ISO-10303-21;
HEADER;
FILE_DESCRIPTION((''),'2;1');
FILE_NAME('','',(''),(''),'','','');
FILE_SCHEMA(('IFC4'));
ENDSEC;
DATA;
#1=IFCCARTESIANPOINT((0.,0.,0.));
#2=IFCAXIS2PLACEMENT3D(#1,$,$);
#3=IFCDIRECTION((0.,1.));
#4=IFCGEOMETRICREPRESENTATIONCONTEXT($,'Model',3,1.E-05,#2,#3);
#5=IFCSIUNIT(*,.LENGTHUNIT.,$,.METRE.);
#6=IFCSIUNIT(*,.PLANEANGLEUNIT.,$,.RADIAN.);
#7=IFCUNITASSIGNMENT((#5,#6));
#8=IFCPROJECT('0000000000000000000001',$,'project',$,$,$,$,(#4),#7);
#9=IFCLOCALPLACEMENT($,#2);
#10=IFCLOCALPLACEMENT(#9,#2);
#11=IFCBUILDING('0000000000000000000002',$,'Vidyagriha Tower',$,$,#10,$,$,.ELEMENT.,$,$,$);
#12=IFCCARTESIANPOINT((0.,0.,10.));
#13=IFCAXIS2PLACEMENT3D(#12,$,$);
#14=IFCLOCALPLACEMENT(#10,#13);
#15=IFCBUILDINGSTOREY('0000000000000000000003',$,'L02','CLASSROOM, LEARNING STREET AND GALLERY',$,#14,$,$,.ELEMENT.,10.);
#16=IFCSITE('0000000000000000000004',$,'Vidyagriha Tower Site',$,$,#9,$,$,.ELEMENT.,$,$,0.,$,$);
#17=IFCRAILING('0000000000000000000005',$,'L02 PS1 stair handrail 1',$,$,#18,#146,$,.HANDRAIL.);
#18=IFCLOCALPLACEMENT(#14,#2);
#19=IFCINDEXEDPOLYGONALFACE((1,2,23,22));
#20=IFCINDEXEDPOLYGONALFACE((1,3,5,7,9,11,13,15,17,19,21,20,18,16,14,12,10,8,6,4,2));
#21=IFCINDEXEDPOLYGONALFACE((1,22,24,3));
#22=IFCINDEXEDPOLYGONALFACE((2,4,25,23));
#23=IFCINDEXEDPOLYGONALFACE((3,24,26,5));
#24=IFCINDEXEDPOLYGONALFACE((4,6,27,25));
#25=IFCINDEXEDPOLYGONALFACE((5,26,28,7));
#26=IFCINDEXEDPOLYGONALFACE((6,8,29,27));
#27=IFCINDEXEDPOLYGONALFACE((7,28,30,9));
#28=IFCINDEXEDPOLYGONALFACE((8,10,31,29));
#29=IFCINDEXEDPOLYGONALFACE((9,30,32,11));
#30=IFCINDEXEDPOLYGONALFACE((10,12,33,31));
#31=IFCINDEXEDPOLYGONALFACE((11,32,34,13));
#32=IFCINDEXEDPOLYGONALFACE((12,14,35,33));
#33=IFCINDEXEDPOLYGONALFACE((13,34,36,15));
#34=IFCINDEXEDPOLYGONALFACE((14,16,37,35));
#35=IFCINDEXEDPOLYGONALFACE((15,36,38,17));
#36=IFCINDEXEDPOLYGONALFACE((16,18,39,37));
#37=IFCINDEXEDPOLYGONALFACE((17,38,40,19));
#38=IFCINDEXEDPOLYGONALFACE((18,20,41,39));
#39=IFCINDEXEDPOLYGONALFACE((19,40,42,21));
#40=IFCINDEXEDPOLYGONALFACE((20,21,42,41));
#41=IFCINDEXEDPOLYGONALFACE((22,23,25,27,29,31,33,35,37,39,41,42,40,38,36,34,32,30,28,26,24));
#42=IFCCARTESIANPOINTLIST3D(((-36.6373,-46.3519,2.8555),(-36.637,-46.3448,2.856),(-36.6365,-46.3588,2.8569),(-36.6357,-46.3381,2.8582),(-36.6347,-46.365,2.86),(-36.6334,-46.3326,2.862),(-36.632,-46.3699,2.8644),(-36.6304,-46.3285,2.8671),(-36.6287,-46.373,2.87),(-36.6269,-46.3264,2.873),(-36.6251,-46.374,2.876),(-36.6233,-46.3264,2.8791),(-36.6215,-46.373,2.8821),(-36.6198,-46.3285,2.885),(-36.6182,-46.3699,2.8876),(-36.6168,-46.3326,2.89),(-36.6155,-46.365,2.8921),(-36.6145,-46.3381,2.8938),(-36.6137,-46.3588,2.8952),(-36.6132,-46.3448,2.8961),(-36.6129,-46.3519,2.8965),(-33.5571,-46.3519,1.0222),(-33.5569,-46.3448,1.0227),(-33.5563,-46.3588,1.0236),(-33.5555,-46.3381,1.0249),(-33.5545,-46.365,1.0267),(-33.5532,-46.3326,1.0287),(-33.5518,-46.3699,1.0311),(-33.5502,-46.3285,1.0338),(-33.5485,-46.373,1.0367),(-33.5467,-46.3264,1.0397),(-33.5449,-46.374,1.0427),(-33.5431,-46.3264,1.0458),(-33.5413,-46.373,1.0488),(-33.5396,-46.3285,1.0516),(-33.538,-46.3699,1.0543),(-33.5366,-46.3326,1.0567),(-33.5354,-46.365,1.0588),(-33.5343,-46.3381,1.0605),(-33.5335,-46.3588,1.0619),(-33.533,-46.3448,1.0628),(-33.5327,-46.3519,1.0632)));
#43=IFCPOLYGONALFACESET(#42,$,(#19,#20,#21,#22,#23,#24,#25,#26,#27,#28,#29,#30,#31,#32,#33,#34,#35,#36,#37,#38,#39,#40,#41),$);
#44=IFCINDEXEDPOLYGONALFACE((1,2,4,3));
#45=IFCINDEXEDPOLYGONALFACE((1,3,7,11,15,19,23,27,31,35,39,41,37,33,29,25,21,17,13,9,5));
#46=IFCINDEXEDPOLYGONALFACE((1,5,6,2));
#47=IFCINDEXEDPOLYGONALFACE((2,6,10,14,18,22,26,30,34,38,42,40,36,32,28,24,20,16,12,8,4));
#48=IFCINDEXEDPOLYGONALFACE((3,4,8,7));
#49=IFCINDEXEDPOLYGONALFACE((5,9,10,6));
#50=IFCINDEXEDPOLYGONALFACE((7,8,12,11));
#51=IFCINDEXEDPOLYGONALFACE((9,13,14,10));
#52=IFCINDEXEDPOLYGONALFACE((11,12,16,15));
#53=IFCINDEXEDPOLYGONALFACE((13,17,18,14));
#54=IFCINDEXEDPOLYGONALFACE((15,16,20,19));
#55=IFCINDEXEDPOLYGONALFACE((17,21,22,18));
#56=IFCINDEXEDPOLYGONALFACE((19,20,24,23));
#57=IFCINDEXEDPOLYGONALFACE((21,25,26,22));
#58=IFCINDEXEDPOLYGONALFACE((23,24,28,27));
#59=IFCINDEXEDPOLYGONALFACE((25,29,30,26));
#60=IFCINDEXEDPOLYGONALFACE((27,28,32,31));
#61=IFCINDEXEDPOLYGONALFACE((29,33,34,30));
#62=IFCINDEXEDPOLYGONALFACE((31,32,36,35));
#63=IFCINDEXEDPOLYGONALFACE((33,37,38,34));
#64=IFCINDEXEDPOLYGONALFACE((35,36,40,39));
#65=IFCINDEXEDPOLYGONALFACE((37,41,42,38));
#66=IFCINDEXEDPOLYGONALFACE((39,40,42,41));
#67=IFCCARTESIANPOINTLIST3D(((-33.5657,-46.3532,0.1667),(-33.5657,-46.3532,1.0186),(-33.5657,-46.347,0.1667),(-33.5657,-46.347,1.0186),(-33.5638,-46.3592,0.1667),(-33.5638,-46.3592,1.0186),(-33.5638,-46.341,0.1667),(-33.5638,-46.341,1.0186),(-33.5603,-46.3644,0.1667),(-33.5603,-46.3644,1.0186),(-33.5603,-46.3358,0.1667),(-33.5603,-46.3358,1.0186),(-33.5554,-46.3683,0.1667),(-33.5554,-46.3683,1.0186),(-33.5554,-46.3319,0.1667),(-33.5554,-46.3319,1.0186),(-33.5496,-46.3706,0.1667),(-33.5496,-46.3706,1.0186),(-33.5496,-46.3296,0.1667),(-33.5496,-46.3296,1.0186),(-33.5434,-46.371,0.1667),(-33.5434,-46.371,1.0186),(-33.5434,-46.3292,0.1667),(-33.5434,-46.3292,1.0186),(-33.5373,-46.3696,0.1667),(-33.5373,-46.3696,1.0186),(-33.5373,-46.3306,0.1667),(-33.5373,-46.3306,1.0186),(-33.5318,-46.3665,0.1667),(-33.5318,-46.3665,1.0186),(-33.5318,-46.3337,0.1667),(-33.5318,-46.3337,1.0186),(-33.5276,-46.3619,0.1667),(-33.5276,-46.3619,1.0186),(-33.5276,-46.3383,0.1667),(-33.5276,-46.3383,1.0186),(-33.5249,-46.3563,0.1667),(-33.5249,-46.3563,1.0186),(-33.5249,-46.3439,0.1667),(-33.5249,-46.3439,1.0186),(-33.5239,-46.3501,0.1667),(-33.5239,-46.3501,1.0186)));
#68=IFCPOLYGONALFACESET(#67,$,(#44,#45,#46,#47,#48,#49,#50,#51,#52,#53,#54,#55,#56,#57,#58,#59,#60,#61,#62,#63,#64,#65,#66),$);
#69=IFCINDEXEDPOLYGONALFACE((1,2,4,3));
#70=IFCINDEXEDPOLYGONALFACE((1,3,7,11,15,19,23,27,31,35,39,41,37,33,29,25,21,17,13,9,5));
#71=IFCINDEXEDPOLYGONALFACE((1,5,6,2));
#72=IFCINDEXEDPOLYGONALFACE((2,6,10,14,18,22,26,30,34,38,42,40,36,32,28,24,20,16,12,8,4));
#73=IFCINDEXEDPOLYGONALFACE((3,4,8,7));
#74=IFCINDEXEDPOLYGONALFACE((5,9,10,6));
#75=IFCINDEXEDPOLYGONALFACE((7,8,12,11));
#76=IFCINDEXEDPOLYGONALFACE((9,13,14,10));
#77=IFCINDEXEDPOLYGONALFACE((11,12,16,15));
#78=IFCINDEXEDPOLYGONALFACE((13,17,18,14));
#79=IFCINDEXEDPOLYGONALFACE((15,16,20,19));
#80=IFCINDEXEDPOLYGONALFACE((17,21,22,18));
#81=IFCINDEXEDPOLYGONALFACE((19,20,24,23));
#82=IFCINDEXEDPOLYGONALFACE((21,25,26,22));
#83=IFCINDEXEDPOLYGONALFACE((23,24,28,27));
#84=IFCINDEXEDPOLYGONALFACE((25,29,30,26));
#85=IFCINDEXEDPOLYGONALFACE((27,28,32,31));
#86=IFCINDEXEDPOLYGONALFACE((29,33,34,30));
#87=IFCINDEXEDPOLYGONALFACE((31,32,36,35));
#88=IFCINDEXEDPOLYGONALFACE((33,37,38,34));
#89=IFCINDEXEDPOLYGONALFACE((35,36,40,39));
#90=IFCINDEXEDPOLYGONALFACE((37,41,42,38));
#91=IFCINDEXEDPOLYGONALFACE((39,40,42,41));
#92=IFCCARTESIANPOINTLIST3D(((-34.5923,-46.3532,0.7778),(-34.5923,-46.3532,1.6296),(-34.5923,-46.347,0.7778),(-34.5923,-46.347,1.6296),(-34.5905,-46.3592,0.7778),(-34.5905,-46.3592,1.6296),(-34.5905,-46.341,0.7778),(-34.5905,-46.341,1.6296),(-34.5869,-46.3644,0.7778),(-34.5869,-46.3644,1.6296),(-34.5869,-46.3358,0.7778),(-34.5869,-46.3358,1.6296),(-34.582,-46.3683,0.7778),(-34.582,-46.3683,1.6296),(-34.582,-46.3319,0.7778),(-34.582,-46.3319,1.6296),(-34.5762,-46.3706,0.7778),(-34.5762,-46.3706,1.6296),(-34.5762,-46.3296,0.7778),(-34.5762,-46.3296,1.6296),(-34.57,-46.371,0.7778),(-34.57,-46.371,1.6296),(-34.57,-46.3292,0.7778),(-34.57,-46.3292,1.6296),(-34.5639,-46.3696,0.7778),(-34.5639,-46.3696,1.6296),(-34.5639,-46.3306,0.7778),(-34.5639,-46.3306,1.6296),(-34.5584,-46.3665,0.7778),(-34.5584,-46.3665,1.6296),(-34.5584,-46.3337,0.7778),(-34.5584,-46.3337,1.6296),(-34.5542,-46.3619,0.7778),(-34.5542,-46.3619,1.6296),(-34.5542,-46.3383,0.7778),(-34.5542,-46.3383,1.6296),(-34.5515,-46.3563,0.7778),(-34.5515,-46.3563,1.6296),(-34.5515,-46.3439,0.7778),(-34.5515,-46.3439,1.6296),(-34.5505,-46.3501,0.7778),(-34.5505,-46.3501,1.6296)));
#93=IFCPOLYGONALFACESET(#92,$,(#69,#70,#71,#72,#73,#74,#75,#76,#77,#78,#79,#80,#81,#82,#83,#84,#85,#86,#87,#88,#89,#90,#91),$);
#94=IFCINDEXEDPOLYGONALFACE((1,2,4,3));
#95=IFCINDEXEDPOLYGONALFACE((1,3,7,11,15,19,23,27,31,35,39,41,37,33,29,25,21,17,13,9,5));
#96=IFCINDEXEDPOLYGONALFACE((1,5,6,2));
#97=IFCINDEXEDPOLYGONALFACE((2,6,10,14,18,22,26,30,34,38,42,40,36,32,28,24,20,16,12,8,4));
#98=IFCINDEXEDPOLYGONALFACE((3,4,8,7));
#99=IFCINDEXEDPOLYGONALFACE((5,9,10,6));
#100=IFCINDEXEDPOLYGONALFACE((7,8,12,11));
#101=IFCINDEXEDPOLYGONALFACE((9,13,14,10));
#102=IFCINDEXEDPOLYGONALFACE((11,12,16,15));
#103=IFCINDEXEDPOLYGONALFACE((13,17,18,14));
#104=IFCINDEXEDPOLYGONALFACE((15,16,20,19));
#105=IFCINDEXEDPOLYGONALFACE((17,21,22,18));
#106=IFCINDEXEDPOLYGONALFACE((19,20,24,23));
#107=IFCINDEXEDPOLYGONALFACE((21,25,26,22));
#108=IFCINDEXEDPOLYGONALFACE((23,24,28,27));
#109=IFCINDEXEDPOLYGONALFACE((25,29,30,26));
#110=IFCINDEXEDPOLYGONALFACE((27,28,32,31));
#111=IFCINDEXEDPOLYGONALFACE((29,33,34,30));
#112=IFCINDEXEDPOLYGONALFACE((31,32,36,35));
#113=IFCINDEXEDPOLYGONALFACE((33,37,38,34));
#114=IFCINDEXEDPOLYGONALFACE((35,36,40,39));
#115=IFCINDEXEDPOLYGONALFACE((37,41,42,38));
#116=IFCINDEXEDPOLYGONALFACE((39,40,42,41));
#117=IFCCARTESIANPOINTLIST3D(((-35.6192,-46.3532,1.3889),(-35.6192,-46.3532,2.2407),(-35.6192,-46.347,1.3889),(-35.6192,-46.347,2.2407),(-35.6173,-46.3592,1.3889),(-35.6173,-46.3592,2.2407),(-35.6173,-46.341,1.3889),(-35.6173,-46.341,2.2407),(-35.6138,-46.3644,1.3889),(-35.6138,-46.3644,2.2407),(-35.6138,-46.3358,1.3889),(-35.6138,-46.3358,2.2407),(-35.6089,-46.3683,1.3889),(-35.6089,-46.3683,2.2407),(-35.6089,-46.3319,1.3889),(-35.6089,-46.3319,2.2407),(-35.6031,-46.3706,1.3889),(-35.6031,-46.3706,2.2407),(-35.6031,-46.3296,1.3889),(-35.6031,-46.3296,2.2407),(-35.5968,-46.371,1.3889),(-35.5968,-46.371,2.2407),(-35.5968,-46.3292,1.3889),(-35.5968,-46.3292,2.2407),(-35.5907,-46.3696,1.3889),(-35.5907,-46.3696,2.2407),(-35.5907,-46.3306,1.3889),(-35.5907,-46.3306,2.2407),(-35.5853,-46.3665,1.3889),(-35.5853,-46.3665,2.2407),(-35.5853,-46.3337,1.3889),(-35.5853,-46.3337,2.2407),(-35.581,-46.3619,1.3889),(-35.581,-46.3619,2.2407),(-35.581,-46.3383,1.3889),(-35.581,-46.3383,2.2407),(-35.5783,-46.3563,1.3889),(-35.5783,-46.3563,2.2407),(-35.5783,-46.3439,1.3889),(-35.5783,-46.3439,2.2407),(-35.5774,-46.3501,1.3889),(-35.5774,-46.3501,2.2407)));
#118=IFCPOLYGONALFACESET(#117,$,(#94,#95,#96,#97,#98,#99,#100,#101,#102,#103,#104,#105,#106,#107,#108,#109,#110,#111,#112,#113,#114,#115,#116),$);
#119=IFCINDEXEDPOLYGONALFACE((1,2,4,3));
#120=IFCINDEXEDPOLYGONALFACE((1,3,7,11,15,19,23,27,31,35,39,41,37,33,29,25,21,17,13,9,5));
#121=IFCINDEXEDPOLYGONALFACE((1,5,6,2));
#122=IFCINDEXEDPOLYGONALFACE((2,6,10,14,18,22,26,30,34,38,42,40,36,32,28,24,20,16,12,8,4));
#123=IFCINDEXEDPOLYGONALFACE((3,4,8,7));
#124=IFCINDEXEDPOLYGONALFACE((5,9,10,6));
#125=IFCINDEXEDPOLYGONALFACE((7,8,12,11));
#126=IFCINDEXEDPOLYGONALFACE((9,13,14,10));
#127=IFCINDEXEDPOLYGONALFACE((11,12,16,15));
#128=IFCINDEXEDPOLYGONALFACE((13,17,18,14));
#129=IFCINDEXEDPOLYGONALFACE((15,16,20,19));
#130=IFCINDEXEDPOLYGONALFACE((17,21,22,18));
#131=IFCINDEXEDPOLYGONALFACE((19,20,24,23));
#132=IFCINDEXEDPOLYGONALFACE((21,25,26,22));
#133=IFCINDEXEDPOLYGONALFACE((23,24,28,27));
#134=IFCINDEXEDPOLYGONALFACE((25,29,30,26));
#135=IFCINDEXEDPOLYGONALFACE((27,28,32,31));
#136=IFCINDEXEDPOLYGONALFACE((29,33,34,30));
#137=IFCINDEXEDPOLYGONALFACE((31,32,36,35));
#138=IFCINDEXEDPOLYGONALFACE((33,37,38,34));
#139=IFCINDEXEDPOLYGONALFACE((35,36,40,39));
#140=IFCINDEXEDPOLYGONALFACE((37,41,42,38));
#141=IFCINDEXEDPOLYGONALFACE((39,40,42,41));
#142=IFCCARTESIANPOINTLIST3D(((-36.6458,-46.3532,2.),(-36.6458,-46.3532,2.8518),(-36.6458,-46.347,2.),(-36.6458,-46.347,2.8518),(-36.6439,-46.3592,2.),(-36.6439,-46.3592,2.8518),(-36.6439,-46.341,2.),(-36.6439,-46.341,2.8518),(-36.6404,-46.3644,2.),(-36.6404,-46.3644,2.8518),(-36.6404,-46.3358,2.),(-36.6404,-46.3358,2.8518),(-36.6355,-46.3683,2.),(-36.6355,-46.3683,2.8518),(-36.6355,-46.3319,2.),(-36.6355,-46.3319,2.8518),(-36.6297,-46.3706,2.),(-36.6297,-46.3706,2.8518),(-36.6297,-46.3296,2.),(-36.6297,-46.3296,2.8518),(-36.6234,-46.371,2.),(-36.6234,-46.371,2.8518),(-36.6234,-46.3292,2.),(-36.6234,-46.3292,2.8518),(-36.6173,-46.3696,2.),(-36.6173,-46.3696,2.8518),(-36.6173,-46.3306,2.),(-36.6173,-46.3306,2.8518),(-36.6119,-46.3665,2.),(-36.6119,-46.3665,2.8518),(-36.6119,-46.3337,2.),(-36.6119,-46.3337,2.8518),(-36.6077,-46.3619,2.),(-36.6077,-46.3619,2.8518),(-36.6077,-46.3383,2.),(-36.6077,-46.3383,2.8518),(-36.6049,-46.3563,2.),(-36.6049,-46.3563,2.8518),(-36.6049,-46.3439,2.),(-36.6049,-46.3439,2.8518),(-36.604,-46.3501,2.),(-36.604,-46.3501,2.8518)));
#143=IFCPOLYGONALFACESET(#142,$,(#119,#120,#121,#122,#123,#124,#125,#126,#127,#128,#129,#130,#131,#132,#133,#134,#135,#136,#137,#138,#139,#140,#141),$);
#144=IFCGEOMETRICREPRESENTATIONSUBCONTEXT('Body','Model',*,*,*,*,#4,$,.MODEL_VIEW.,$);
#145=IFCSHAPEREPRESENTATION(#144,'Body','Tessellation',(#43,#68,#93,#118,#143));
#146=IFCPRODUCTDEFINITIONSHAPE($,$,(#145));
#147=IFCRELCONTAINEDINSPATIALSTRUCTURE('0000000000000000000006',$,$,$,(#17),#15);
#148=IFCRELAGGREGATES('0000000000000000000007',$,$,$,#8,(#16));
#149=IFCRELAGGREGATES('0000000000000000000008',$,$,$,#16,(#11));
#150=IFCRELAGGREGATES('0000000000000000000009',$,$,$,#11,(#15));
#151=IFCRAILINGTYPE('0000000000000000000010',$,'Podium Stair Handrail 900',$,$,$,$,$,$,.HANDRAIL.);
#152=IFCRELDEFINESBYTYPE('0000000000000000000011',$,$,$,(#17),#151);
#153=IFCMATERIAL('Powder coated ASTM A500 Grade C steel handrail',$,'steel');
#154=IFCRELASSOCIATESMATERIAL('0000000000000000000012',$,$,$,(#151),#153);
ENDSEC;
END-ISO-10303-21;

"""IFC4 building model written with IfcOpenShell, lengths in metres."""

from ifc_helpers import new_model, si_unit, direction, frame, origin, origin_2d, place, context, subcontext, project, spatial, circle, extrude, material, type_object, element, save


model = new_model("IFC4")

# Units and contexts
model_context = context("Model", 3, precision=1e-05, world=origin(), true_north=direction((0.0, 1.0)))
body_context = subcontext(model_context, "Body", "Model", "MODEL_VIEW")
ifc_project = project(units=[si_unit("LENGTHUNIT", "METRE"), si_unit("PLANEANGLEUNIT", "RADIAN")], contexts=[model_context])

# Site, building, storey
site_placement = place(None, origin())
site = spatial("IfcSite", under=ifc_project, at=site_placement, Name="Vidyagriha Tower Site", CompositionType="ELEMENT", RefElevation=0.0)
building_placement = place(site_placement, origin())
building = spatial("IfcBuilding", under=site, at=building_placement, Name="Vidyagriha Tower", CompositionType="ELEMENT")
storey_placement = place(building_placement, frame((0.0, 0.0, 10.0)))
storey = spatial("IfcBuildingStorey", under=building, at=storey_placement, Name="L02", Description="CLASSROOM, LEARNING STREET AND GALLERY", CompositionType="ELEMENT", Elevation=10.0)

# Railing
ifc_material_1 = material(Name="Powder coated ASTM A500 Grade C steel handrail", Category="steel")
railing_type_1 = type_object("IfcRailingType", Name="Podium Stair Handrail 900", PredefinedType="HANDRAIL", material=ifc_material_1)
railing_1_placement = place(storey_placement, frame((-33.5449, -46.3501, 0.1667)))
element("IfcRailing", 1, at=railing_1_placement, inside=storey, type_object=railing_type_1, Name="L02 PS1 stair handrail 1", PredefinedType="HANDRAIL", context=body_context, shape_type="SweptSolid", body=[
    extrude(circle(Radius=0.0239, at=origin_2d()), frame((0.0, 0.0, 0.876), z_axis=(-0.859309, 0.0, 0.511458), x_axis=(0.0, -1.0, 0.0)), (0.0, 0.0, 1.0), 3.5845),
    extrude(circle(Radius=0.021, at=origin_2d()), origin(), (0.0, 0.0, 1.0), 0.8518),
    extrude(circle(Radius=0.021, at=origin_2d()), frame((-1.0266, 0.0, 0.6111)), (0.0, 0.0, 1.0), 0.8518),
    extrude(circle(Radius=0.021, at=origin_2d()), frame((-2.0535, 0.0, 1.2222)), (0.0, 0.0, 1.0), 0.8518),
    extrude(circle(Radius=0.021, at=origin_2d()), frame((-3.0801, 0.0, 1.8333)), (0.0, 0.0, 1.0), 0.8518),
])

save(model, "model.ifc")
